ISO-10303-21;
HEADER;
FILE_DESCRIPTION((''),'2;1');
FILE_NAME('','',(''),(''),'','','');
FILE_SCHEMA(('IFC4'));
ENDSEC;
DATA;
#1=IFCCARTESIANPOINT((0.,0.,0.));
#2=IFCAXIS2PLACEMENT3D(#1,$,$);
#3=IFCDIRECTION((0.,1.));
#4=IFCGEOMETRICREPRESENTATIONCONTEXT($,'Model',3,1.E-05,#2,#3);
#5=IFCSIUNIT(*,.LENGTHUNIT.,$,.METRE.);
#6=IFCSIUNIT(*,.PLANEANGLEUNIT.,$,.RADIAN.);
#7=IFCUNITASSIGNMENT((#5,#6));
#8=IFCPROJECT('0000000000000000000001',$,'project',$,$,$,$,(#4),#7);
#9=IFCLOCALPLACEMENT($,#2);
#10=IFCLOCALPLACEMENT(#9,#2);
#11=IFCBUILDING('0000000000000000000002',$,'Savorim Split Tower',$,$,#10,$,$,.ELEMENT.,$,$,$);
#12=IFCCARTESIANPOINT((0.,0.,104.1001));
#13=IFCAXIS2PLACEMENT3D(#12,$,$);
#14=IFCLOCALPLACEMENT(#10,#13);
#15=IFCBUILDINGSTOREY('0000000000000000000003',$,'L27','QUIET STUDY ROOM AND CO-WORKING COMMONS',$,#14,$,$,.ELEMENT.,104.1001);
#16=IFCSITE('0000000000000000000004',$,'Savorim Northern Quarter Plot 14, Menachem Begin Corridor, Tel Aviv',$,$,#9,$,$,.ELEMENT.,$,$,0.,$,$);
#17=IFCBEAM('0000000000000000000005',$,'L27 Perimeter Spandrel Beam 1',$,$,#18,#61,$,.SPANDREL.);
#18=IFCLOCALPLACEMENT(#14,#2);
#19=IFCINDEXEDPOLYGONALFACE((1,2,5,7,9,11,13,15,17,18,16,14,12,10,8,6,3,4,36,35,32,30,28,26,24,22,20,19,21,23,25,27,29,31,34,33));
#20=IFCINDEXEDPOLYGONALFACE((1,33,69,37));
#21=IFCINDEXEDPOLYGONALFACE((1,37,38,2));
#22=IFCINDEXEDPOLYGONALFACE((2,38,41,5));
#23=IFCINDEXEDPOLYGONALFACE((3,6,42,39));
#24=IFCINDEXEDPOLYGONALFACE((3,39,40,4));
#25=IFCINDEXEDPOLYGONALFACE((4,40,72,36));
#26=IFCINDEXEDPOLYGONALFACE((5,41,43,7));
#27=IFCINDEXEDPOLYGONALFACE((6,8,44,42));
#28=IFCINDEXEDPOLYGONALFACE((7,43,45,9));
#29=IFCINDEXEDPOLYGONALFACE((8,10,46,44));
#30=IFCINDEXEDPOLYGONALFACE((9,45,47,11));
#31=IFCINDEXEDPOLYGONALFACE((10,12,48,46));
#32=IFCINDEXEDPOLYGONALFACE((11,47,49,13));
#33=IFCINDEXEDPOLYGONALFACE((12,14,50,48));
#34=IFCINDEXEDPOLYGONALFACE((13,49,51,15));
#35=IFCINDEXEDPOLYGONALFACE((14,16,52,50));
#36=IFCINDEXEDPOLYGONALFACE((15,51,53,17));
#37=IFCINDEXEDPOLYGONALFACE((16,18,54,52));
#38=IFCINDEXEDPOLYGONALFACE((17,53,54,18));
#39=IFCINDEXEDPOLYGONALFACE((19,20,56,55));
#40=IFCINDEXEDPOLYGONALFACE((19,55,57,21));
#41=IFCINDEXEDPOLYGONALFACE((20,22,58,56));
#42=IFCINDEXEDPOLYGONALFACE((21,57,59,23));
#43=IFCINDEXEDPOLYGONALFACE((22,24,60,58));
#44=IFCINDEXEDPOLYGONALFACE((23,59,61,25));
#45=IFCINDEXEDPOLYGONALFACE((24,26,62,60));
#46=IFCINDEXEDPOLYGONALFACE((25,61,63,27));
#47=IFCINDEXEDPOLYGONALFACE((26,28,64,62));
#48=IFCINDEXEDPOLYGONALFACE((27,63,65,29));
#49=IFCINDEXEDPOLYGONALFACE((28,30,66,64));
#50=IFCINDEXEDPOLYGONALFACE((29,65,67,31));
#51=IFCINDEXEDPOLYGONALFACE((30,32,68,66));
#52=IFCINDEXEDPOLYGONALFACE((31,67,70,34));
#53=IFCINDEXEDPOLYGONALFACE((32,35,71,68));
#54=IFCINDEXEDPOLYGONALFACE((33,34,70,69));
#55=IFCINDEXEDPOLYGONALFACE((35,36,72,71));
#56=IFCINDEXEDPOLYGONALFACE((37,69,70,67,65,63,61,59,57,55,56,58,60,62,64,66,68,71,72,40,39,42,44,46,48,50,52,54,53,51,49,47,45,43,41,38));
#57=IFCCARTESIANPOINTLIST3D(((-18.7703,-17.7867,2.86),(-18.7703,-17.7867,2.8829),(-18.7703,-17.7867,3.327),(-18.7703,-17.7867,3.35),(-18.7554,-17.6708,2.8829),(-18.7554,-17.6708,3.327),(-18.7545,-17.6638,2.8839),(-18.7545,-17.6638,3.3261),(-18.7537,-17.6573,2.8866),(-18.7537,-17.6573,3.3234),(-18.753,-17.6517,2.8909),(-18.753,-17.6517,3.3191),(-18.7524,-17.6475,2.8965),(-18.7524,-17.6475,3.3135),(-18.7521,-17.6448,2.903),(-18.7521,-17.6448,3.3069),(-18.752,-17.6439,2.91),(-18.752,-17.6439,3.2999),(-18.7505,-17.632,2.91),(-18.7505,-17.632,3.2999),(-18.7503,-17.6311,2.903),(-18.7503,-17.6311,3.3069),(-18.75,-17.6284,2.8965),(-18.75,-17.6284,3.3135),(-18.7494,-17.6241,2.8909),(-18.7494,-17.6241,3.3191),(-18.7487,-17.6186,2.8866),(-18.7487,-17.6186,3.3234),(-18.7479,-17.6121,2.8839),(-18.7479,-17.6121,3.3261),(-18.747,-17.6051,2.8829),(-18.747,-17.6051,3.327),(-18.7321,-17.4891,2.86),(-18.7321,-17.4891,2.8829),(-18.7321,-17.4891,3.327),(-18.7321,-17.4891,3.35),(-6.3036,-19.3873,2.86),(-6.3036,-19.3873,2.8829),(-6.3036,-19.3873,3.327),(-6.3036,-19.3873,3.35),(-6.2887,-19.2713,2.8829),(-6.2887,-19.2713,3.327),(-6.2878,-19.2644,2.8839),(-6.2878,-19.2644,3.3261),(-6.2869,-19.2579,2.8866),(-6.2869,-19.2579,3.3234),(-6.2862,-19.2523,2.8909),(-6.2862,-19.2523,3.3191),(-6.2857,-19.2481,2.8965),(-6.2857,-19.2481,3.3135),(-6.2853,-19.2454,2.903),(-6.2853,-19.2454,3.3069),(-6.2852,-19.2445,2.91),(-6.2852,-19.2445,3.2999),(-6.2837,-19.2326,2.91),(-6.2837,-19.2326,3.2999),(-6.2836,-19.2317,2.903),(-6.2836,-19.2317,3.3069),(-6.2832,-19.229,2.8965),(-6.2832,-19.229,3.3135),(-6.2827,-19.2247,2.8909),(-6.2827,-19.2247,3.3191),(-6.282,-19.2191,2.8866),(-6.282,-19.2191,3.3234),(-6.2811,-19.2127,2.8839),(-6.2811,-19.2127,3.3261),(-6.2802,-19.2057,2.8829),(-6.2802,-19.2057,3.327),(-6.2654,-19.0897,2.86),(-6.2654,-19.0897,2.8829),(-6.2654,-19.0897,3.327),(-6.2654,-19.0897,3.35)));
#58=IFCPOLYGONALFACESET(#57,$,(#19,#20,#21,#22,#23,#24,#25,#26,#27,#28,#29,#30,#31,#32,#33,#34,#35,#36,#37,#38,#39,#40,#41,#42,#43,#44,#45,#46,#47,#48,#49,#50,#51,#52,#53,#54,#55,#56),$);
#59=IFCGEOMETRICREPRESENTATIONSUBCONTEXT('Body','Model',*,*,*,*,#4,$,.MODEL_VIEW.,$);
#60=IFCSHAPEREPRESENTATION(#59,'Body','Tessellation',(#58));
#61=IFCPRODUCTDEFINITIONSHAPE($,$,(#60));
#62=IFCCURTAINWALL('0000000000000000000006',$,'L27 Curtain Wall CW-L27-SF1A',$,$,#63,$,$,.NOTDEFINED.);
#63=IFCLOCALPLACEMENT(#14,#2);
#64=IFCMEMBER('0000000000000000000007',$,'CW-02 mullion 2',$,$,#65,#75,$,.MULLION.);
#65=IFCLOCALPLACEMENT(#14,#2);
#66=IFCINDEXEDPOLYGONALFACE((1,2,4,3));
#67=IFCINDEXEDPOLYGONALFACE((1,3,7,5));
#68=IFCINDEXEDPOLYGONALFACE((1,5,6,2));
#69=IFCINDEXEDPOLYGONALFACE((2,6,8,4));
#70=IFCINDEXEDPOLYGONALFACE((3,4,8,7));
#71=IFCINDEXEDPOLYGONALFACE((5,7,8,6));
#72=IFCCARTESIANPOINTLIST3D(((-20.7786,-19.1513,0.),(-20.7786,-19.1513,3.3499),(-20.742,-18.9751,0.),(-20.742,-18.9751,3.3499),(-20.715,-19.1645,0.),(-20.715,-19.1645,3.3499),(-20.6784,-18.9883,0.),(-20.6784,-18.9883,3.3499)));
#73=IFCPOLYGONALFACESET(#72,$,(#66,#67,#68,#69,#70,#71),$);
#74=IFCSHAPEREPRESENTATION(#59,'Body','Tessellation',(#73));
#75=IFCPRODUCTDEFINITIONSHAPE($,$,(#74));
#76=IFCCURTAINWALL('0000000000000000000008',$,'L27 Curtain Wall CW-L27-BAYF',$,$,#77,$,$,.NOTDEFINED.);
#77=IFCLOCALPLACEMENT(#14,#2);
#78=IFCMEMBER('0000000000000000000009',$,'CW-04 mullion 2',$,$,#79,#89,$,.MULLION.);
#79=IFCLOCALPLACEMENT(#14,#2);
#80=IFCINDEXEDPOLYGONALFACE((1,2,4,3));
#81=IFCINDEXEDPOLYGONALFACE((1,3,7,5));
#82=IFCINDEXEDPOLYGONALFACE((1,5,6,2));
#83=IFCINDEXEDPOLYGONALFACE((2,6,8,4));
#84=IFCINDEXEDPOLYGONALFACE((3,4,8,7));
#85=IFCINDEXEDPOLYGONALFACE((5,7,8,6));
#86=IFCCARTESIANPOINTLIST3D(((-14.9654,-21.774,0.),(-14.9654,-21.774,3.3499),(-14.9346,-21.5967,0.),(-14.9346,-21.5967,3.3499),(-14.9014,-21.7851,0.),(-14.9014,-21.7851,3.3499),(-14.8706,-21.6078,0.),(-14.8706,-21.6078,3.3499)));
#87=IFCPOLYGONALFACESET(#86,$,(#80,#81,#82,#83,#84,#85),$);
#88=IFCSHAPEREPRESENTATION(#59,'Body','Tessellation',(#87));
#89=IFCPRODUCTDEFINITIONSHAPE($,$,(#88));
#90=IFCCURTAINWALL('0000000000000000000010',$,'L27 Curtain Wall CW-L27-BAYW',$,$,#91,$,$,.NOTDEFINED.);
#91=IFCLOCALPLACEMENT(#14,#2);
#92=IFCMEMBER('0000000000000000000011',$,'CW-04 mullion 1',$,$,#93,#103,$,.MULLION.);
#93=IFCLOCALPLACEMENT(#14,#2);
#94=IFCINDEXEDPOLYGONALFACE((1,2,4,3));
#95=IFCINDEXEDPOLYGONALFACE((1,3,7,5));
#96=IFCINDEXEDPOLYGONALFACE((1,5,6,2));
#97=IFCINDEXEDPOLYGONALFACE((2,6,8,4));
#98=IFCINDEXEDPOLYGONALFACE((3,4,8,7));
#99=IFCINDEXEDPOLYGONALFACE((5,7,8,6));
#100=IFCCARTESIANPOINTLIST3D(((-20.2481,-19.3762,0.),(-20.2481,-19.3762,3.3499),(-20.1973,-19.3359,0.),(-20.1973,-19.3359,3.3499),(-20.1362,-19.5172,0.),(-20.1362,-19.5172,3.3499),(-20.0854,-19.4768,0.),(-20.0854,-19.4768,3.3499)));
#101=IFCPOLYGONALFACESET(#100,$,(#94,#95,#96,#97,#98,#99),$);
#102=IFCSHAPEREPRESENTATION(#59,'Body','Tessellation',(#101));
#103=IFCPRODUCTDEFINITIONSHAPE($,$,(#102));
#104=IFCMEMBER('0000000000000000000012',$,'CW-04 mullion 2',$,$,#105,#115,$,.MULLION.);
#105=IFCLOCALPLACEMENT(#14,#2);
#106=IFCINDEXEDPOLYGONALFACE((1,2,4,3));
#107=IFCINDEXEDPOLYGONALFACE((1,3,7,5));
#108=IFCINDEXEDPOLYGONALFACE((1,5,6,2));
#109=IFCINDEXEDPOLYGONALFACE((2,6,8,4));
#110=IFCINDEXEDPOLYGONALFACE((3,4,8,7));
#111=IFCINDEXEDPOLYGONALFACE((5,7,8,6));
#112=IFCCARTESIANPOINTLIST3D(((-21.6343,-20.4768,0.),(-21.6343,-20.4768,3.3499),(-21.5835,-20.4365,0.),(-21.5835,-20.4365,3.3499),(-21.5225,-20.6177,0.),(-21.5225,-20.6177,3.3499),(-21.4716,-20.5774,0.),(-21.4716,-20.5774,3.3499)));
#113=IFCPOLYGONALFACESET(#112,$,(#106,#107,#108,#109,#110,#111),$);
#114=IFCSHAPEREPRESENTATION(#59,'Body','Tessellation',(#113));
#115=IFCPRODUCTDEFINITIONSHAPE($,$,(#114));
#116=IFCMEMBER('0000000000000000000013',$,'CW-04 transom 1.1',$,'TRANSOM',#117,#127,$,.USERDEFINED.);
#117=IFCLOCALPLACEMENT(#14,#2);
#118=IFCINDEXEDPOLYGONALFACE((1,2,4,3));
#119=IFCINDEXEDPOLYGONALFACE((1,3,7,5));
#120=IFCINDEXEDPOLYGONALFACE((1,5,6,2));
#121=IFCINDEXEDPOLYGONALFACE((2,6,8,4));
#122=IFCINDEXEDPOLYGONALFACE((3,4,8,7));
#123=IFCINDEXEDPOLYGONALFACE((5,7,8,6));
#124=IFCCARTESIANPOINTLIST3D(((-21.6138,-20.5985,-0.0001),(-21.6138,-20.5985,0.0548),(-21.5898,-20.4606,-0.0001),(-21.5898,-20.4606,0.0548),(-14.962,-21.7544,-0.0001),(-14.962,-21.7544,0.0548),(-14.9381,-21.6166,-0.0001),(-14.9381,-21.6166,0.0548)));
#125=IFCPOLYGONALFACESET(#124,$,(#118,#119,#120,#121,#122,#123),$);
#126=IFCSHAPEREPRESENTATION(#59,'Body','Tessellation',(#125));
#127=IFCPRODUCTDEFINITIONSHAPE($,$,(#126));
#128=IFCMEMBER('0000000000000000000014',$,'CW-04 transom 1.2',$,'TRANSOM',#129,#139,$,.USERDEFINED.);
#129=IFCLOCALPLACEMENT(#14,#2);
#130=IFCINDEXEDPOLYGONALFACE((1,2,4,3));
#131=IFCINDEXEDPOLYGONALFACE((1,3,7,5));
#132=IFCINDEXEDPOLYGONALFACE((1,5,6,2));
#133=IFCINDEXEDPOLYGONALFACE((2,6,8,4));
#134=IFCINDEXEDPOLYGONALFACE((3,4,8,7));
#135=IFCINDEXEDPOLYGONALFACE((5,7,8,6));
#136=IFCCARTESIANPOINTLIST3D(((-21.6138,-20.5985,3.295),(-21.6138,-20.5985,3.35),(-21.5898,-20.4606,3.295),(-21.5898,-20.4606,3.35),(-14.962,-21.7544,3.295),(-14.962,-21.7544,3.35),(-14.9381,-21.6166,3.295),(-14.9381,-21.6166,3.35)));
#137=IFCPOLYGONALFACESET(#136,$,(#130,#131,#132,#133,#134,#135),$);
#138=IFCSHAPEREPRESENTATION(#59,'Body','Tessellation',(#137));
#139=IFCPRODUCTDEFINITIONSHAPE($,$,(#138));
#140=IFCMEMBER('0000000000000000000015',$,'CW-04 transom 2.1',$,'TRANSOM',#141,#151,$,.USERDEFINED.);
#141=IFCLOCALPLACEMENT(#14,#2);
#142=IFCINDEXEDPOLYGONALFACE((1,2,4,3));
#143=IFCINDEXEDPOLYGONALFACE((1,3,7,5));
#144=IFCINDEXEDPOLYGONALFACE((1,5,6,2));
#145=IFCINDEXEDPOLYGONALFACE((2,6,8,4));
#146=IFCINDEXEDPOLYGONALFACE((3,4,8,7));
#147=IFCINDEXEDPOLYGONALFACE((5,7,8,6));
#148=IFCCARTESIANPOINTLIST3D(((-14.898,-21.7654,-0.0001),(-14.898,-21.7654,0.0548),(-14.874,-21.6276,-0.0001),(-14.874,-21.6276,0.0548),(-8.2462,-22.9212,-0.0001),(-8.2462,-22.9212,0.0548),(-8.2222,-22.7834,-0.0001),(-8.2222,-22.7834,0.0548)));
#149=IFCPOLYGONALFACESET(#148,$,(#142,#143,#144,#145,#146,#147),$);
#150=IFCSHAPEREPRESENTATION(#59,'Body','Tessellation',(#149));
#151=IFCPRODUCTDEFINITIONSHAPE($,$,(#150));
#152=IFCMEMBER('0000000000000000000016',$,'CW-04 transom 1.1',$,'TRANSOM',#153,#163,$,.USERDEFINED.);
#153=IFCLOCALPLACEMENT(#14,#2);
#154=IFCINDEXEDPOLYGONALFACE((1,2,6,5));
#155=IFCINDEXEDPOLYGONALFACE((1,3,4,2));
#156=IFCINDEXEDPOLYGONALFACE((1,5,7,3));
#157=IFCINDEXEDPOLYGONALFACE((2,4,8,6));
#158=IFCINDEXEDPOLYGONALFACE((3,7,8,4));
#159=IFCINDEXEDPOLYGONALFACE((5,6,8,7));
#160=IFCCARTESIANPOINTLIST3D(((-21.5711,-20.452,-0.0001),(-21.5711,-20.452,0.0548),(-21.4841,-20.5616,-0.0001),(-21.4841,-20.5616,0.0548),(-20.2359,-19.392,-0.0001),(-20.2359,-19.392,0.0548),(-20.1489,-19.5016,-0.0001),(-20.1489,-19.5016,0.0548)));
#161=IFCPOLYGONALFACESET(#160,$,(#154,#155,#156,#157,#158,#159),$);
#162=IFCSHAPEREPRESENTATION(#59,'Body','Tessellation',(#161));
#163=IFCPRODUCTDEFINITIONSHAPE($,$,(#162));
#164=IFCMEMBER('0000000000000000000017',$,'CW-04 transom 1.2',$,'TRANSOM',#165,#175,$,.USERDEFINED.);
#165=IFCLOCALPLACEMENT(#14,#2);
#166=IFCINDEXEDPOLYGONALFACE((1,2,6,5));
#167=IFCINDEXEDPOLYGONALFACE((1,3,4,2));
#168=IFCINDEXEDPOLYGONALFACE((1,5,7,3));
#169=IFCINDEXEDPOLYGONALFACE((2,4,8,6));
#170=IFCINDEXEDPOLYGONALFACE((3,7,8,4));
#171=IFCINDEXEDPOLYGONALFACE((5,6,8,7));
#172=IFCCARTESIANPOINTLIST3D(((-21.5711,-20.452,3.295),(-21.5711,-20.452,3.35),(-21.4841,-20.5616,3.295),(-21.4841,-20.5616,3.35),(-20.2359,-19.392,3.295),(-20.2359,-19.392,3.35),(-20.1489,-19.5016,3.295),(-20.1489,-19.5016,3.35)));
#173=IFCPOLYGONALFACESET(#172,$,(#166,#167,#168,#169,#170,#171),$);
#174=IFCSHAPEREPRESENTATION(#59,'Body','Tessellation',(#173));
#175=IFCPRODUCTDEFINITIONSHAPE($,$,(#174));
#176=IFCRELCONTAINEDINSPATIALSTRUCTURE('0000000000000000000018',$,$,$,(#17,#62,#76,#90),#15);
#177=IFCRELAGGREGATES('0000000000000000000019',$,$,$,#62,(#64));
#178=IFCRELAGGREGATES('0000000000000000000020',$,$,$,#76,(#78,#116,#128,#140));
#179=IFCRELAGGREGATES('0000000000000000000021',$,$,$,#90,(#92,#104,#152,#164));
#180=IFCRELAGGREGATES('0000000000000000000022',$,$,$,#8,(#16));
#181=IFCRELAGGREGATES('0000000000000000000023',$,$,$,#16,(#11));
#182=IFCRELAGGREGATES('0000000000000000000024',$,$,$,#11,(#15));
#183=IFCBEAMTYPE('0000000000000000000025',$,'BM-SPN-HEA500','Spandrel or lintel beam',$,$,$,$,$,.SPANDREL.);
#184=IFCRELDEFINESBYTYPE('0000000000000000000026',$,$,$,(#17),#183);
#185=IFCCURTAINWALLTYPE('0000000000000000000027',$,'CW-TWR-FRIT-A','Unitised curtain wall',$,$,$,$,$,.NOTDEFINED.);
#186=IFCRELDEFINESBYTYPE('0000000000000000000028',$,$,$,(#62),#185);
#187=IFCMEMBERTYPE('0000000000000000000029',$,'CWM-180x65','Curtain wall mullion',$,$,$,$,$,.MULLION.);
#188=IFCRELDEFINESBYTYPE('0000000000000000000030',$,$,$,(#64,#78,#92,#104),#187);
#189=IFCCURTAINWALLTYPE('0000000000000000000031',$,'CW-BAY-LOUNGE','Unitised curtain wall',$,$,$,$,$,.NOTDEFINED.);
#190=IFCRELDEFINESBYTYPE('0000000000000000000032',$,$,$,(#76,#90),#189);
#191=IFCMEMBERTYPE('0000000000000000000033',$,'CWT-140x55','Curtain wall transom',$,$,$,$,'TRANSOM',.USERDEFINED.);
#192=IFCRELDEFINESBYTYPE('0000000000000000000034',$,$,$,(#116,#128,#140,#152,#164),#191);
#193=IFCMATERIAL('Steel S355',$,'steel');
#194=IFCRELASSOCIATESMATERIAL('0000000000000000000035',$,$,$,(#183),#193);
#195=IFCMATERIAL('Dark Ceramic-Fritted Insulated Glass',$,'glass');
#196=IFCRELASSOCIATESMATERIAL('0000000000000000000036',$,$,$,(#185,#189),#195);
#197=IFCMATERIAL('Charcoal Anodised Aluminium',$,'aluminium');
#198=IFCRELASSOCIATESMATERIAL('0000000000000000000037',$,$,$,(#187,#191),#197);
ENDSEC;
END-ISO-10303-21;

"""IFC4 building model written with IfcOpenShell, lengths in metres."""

from ifc_helpers import new_model, si_unit, direction, frame, origin, origin_2d, place, context, subcontext, project, spatial, rectangle, i_section, extrude, material, material_profile, profile_set, type_object, element, aggregate, save


model = new_model("IFC4")

# Units and contexts
model_context = context("Model", 3, precision=1e-05, world=origin(), true_north=direction((0.0, 1.0)))
body_context = subcontext(model_context, "Body", "Model", "MODEL_VIEW")
ifc_project = project(units=[si_unit("LENGTHUNIT", "METRE"), si_unit("PLANEANGLEUNIT", "RADIAN")], contexts=[model_context])

# Site, building, storey
site_placement = place(None, origin())
site = spatial("IfcSite", under=ifc_project, at=site_placement, Name="Savorim Northern Quarter Plot 14, Menachem Begin Corridor, Tel Aviv", CompositionType="ELEMENT", RefElevation=0.0)
building_placement = place(site_placement, origin())
building = spatial("IfcBuilding", under=site, at=building_placement, Name="Savorim Split Tower", CompositionType="ELEMENT")
storey_placement = place(building_placement, frame((0.0, 0.0, 104.1001)))
storey = spatial("IfcBuildingStorey", under=building, at=storey_placement, Name="L27", Description="QUIET STUDY ROOM AND CO-WORKING COMMONS", CompositionType="ELEMENT", Elevation=104.1001)

# Beam
ifc_material_1 = material(Name="Steel S355", Category="steel")
ifc_material_profile_1 = material_profile(ifc_material_1, i_section(OverallWidth=0.3, OverallDepth=0.49, WebThickness=0.012, FlangeThickness=0.0229, FilletRadius=0.0271, at=origin_2d()), Name="HEA 500")
ifc_profile_set_1 = profile_set([ifc_material_profile_1], Name="Steel S355")
beam_type_1 = type_object("IfcBeamType", Name="BM-SPN-HEA500", Description="Spandrel or lintel beam", PredefinedType="SPANDREL", material=ifc_profile_set_1)
beam_1_placement = place(storey_placement, frame((-18.7512, -17.6379, 3.105), z_axis=(0.991859, -0.127343, 0.0), x_axis=(0.127343, 0.991859, 0.0)))
element("IfcBeam", 1, at=beam_1_placement, inside=storey, type_object=beam_type_1, Name="L27 Perimeter Spandrel Beam 1", PredefinedType="SPANDREL", context=body_context, shape_type="SweptSolid", body=[
    extrude(i_section(OverallWidth=0.3, OverallDepth=0.49, WebThickness=0.012, FlangeThickness=0.0229, FilletRadius=0.0271, at=origin_2d()), origin(), (0.0, 0.0, 1.0), 12.5691),
])

# Curtain walls, members
ifc_material_2 = material(Name="Dark Ceramic-Fritted Insulated Glass", Category="glass")
curtain_wall_type_1 = type_object("IfcCurtainWallType", Name="CW-TWR-FRIT-A", Description="Unitised curtain wall", PredefinedType="NOTDEFINED", material=ifc_material_2)
curtain_wall_1_placement = place(storey_placement, origin())
curtain_wall_1 = element("IfcCurtainWall", 2, at=curtain_wall_1_placement, inside=storey, type_object=curtain_wall_type_1, Name="L27 Curtain Wall CW-L27-SF1A", PredefinedType="NOTDEFINED")
ifc_material_3 = material(Name="Charcoal Anodised Aluminium", Category="aluminium")
ifc_material_profile_2 = material_profile(ifc_material_3, rectangle(XDim=0.1799, YDim=0.0649, at=origin_2d()), Name="ALU-M 180x65")
ifc_profile_set_2 = profile_set([ifc_material_profile_2], Name="Charcoal Anodised Aluminium")
member_type_1 = type_object("IfcMemberType", Name="CWM-180x65", Description="Curtain wall mullion", PredefinedType="MULLION", material=ifc_profile_set_2)
member_1_placement = place(storey_placement, frame((-20.7285, -19.0698, 0.0), z_axis=(0.0, 0.0, 1.0), x_axis=(0.203218, 0.979133, 0.0)))
member_1 = element("IfcMember", 3, at=member_1_placement, type_object=member_type_1, Name="CW-02 mullion 2", PredefinedType="MULLION", context=body_context, shape_type="SweptSolid", body=[
    extrude(rectangle(XDim=0.1799, YDim=0.0649, at=origin_2d()), origin(), (0.0, 0.0, 1.0), 3.3499),
])
aggregate(curtain_wall_1, [member_1])
curtain_wall_type_2 = type_object("IfcCurtainWallType", Name="CW-BAY-LOUNGE", Description="Unitised curtain wall", PredefinedType="NOTDEFINED", material=ifc_material_2)
curtain_wall_2_placement = place(storey_placement, origin())
curtain_wall_2 = element("IfcCurtainWall", 4, at=curtain_wall_2_placement, inside=storey, type_object=curtain_wall_type_2, Name="L27 Curtain Wall CW-L27-BAYF", PredefinedType="NOTDEFINED")
member_2_placement = place(storey_placement, frame((-14.918, -21.6909, 0.0), z_axis=(0.0, 0.0, 1.0), x_axis=(0.171191, 0.985238, 0.0)))
member_2 = element("IfcMember", 5, at=member_2_placement, type_object=member_type_1, Name="CW-04 mullion 2", PredefinedType="MULLION", context=body_context, shape_type="SweptSolid", body=[
    extrude(rectangle(XDim=0.1799, YDim=0.0649, at=origin_2d()), origin(), (0.0, 0.0, 1.0), 3.3499),
])

# Curtain wall, members
curtain_wall_3_placement = place(storey_placement, origin())
curtain_wall_3 = element("IfcCurtainWall", 6, at=curtain_wall_3_placement, inside=storey, type_object=curtain_wall_type_2, Name="L27 Curtain Wall CW-L27-BAYW", PredefinedType="NOTDEFINED")
member_3_placement = place(storey_placement, frame((-20.1667, -19.4265, 0.0), z_axis=(0.0, 0.0, 1.0), x_axis=(0.621806, -0.783171, 0.0)))
member_3 = element("IfcMember", 7, at=member_3_placement, type_object=member_type_1, Name="CW-04 mullion 1", PredefinedType="MULLION", context=body_context, shape_type="SweptSolid", body=[
    extrude(rectangle(XDim=0.1799, YDim=0.0649, at=origin_2d()), origin(), (0.0, 0.0, 1.0), 3.3499),
])
member_4_placement = place(storey_placement, frame((-21.553, -20.5271, 0.0), z_axis=(0.0, 0.0, 1.0), x_axis=(0.621806, -0.783171, 0.0)))
member_4 = element("IfcMember", 8, at=member_4_placement, type_object=member_type_1, Name="CW-04 mullion 2", PredefinedType="MULLION", context=body_context, shape_type="SweptSolid", body=[
    extrude(rectangle(XDim=0.1799, YDim=0.0649, at=origin_2d()), origin(), (0.0, 0.0, 1.0), 3.3499),
])

# Members
ifc_material_profile_3 = material_profile(ifc_material_3, rectangle(XDim=0.1399, YDim=0.0549, at=origin_2d()), Name="ALU-T 140x55")
ifc_profile_set_3 = profile_set([ifc_material_profile_3], Name="Charcoal Anodised Aluminium")
member_type_2 = type_object("IfcMemberType", Name="CWT-140x55", Description="Curtain wall transom", ElementType="TRANSOM", PredefinedType="USERDEFINED", material=ifc_profile_set_3)
member_5_placement = place(storey_placement, frame((-21.6018, -20.5295, 0.0273), z_axis=(0.985233, -0.171221, 0.0), x_axis=(0.171221, 0.985233, 0.0)))
member_5 = element("IfcMember", 9, at=member_5_placement, type_object=member_type_2, Name="CW-04 transom 1.1", ObjectType="TRANSOM", PredefinedType="USERDEFINED", context=body_context, shape_type="SweptSolid", body=[
    extrude(rectangle(XDim=0.1399, YDim=0.0549, at=origin_2d()), origin(), (0.0, 0.0, 1.0), 6.7515),
])
member_6_placement = place(storey_placement, frame((-21.6018, -20.5295, 3.3225), z_axis=(0.985233, -0.171221, 0.0), x_axis=(0.171221, 0.985233, 0.0)))
member_6 = element("IfcMember", 10, at=member_6_placement, type_object=member_type_2, Name="CW-04 transom 1.2", ObjectType="TRANSOM", PredefinedType="USERDEFINED", context=body_context, shape_type="SweptSolid", body=[
    extrude(rectangle(XDim=0.1399, YDim=0.0549, at=origin_2d()), origin(), (0.0, 0.0, 1.0), 6.7515),
])
member_7_placement = place(storey_placement, frame((-14.886, -21.6965, 0.0273), z_axis=(0.985239, -0.171186, 0.0), x_axis=(0.171186, 0.985239, 0.0)))
member_7 = element("IfcMember", 11, at=member_7_placement, type_object=member_type_2, Name="CW-04 transom 2.1", ObjectType="TRANSOM", PredefinedType="USERDEFINED", context=body_context, shape_type="SweptSolid", body=[
    extrude(rectangle(XDim=0.1399, YDim=0.0549, at=origin_2d()), origin(), (0.0, 0.0, 1.0), 6.7515),
])
member_8_placement = place(storey_placement, frame((-20.1924, -19.4468, 0.0273), z_axis=(-0.783183, -0.621792, 0.0), x_axis=(0.621792, -0.783183, 0.0)))
member_8 = element("IfcMember", 12, at=member_8_placement, type_object=member_type_2, Name="CW-04 transom 1.1", ObjectType="TRANSOM", PredefinedType="USERDEFINED", context=body_context, shape_type="SweptSolid", body=[
    extrude(rectangle(XDim=0.1399, YDim=0.0549, at=origin_2d()), origin(), (0.0, 0.0, 1.0), 1.7048),
])
member_9_placement = place(storey_placement, frame((-20.1924, -19.4468, 3.3225), z_axis=(-0.783183, -0.621792, 0.0), x_axis=(0.621792, -0.783183, 0.0)))
member_9 = element("IfcMember", 13, at=member_9_placement, type_object=member_type_2, Name="CW-04 transom 1.2", ObjectType="TRANSOM", PredefinedType="USERDEFINED", context=body_context, shape_type="SweptSolid", body=[
    extrude(rectangle(XDim=0.1399, YDim=0.0549, at=origin_2d()), origin(), (0.0, 0.0, 1.0), 1.7048),
])

aggregate(curtain_wall_2, [member_2, member_5, member_6, member_7])
aggregate(curtain_wall_3, [member_3, member_4, member_8, member_9])

save(model, "model.ifc")
